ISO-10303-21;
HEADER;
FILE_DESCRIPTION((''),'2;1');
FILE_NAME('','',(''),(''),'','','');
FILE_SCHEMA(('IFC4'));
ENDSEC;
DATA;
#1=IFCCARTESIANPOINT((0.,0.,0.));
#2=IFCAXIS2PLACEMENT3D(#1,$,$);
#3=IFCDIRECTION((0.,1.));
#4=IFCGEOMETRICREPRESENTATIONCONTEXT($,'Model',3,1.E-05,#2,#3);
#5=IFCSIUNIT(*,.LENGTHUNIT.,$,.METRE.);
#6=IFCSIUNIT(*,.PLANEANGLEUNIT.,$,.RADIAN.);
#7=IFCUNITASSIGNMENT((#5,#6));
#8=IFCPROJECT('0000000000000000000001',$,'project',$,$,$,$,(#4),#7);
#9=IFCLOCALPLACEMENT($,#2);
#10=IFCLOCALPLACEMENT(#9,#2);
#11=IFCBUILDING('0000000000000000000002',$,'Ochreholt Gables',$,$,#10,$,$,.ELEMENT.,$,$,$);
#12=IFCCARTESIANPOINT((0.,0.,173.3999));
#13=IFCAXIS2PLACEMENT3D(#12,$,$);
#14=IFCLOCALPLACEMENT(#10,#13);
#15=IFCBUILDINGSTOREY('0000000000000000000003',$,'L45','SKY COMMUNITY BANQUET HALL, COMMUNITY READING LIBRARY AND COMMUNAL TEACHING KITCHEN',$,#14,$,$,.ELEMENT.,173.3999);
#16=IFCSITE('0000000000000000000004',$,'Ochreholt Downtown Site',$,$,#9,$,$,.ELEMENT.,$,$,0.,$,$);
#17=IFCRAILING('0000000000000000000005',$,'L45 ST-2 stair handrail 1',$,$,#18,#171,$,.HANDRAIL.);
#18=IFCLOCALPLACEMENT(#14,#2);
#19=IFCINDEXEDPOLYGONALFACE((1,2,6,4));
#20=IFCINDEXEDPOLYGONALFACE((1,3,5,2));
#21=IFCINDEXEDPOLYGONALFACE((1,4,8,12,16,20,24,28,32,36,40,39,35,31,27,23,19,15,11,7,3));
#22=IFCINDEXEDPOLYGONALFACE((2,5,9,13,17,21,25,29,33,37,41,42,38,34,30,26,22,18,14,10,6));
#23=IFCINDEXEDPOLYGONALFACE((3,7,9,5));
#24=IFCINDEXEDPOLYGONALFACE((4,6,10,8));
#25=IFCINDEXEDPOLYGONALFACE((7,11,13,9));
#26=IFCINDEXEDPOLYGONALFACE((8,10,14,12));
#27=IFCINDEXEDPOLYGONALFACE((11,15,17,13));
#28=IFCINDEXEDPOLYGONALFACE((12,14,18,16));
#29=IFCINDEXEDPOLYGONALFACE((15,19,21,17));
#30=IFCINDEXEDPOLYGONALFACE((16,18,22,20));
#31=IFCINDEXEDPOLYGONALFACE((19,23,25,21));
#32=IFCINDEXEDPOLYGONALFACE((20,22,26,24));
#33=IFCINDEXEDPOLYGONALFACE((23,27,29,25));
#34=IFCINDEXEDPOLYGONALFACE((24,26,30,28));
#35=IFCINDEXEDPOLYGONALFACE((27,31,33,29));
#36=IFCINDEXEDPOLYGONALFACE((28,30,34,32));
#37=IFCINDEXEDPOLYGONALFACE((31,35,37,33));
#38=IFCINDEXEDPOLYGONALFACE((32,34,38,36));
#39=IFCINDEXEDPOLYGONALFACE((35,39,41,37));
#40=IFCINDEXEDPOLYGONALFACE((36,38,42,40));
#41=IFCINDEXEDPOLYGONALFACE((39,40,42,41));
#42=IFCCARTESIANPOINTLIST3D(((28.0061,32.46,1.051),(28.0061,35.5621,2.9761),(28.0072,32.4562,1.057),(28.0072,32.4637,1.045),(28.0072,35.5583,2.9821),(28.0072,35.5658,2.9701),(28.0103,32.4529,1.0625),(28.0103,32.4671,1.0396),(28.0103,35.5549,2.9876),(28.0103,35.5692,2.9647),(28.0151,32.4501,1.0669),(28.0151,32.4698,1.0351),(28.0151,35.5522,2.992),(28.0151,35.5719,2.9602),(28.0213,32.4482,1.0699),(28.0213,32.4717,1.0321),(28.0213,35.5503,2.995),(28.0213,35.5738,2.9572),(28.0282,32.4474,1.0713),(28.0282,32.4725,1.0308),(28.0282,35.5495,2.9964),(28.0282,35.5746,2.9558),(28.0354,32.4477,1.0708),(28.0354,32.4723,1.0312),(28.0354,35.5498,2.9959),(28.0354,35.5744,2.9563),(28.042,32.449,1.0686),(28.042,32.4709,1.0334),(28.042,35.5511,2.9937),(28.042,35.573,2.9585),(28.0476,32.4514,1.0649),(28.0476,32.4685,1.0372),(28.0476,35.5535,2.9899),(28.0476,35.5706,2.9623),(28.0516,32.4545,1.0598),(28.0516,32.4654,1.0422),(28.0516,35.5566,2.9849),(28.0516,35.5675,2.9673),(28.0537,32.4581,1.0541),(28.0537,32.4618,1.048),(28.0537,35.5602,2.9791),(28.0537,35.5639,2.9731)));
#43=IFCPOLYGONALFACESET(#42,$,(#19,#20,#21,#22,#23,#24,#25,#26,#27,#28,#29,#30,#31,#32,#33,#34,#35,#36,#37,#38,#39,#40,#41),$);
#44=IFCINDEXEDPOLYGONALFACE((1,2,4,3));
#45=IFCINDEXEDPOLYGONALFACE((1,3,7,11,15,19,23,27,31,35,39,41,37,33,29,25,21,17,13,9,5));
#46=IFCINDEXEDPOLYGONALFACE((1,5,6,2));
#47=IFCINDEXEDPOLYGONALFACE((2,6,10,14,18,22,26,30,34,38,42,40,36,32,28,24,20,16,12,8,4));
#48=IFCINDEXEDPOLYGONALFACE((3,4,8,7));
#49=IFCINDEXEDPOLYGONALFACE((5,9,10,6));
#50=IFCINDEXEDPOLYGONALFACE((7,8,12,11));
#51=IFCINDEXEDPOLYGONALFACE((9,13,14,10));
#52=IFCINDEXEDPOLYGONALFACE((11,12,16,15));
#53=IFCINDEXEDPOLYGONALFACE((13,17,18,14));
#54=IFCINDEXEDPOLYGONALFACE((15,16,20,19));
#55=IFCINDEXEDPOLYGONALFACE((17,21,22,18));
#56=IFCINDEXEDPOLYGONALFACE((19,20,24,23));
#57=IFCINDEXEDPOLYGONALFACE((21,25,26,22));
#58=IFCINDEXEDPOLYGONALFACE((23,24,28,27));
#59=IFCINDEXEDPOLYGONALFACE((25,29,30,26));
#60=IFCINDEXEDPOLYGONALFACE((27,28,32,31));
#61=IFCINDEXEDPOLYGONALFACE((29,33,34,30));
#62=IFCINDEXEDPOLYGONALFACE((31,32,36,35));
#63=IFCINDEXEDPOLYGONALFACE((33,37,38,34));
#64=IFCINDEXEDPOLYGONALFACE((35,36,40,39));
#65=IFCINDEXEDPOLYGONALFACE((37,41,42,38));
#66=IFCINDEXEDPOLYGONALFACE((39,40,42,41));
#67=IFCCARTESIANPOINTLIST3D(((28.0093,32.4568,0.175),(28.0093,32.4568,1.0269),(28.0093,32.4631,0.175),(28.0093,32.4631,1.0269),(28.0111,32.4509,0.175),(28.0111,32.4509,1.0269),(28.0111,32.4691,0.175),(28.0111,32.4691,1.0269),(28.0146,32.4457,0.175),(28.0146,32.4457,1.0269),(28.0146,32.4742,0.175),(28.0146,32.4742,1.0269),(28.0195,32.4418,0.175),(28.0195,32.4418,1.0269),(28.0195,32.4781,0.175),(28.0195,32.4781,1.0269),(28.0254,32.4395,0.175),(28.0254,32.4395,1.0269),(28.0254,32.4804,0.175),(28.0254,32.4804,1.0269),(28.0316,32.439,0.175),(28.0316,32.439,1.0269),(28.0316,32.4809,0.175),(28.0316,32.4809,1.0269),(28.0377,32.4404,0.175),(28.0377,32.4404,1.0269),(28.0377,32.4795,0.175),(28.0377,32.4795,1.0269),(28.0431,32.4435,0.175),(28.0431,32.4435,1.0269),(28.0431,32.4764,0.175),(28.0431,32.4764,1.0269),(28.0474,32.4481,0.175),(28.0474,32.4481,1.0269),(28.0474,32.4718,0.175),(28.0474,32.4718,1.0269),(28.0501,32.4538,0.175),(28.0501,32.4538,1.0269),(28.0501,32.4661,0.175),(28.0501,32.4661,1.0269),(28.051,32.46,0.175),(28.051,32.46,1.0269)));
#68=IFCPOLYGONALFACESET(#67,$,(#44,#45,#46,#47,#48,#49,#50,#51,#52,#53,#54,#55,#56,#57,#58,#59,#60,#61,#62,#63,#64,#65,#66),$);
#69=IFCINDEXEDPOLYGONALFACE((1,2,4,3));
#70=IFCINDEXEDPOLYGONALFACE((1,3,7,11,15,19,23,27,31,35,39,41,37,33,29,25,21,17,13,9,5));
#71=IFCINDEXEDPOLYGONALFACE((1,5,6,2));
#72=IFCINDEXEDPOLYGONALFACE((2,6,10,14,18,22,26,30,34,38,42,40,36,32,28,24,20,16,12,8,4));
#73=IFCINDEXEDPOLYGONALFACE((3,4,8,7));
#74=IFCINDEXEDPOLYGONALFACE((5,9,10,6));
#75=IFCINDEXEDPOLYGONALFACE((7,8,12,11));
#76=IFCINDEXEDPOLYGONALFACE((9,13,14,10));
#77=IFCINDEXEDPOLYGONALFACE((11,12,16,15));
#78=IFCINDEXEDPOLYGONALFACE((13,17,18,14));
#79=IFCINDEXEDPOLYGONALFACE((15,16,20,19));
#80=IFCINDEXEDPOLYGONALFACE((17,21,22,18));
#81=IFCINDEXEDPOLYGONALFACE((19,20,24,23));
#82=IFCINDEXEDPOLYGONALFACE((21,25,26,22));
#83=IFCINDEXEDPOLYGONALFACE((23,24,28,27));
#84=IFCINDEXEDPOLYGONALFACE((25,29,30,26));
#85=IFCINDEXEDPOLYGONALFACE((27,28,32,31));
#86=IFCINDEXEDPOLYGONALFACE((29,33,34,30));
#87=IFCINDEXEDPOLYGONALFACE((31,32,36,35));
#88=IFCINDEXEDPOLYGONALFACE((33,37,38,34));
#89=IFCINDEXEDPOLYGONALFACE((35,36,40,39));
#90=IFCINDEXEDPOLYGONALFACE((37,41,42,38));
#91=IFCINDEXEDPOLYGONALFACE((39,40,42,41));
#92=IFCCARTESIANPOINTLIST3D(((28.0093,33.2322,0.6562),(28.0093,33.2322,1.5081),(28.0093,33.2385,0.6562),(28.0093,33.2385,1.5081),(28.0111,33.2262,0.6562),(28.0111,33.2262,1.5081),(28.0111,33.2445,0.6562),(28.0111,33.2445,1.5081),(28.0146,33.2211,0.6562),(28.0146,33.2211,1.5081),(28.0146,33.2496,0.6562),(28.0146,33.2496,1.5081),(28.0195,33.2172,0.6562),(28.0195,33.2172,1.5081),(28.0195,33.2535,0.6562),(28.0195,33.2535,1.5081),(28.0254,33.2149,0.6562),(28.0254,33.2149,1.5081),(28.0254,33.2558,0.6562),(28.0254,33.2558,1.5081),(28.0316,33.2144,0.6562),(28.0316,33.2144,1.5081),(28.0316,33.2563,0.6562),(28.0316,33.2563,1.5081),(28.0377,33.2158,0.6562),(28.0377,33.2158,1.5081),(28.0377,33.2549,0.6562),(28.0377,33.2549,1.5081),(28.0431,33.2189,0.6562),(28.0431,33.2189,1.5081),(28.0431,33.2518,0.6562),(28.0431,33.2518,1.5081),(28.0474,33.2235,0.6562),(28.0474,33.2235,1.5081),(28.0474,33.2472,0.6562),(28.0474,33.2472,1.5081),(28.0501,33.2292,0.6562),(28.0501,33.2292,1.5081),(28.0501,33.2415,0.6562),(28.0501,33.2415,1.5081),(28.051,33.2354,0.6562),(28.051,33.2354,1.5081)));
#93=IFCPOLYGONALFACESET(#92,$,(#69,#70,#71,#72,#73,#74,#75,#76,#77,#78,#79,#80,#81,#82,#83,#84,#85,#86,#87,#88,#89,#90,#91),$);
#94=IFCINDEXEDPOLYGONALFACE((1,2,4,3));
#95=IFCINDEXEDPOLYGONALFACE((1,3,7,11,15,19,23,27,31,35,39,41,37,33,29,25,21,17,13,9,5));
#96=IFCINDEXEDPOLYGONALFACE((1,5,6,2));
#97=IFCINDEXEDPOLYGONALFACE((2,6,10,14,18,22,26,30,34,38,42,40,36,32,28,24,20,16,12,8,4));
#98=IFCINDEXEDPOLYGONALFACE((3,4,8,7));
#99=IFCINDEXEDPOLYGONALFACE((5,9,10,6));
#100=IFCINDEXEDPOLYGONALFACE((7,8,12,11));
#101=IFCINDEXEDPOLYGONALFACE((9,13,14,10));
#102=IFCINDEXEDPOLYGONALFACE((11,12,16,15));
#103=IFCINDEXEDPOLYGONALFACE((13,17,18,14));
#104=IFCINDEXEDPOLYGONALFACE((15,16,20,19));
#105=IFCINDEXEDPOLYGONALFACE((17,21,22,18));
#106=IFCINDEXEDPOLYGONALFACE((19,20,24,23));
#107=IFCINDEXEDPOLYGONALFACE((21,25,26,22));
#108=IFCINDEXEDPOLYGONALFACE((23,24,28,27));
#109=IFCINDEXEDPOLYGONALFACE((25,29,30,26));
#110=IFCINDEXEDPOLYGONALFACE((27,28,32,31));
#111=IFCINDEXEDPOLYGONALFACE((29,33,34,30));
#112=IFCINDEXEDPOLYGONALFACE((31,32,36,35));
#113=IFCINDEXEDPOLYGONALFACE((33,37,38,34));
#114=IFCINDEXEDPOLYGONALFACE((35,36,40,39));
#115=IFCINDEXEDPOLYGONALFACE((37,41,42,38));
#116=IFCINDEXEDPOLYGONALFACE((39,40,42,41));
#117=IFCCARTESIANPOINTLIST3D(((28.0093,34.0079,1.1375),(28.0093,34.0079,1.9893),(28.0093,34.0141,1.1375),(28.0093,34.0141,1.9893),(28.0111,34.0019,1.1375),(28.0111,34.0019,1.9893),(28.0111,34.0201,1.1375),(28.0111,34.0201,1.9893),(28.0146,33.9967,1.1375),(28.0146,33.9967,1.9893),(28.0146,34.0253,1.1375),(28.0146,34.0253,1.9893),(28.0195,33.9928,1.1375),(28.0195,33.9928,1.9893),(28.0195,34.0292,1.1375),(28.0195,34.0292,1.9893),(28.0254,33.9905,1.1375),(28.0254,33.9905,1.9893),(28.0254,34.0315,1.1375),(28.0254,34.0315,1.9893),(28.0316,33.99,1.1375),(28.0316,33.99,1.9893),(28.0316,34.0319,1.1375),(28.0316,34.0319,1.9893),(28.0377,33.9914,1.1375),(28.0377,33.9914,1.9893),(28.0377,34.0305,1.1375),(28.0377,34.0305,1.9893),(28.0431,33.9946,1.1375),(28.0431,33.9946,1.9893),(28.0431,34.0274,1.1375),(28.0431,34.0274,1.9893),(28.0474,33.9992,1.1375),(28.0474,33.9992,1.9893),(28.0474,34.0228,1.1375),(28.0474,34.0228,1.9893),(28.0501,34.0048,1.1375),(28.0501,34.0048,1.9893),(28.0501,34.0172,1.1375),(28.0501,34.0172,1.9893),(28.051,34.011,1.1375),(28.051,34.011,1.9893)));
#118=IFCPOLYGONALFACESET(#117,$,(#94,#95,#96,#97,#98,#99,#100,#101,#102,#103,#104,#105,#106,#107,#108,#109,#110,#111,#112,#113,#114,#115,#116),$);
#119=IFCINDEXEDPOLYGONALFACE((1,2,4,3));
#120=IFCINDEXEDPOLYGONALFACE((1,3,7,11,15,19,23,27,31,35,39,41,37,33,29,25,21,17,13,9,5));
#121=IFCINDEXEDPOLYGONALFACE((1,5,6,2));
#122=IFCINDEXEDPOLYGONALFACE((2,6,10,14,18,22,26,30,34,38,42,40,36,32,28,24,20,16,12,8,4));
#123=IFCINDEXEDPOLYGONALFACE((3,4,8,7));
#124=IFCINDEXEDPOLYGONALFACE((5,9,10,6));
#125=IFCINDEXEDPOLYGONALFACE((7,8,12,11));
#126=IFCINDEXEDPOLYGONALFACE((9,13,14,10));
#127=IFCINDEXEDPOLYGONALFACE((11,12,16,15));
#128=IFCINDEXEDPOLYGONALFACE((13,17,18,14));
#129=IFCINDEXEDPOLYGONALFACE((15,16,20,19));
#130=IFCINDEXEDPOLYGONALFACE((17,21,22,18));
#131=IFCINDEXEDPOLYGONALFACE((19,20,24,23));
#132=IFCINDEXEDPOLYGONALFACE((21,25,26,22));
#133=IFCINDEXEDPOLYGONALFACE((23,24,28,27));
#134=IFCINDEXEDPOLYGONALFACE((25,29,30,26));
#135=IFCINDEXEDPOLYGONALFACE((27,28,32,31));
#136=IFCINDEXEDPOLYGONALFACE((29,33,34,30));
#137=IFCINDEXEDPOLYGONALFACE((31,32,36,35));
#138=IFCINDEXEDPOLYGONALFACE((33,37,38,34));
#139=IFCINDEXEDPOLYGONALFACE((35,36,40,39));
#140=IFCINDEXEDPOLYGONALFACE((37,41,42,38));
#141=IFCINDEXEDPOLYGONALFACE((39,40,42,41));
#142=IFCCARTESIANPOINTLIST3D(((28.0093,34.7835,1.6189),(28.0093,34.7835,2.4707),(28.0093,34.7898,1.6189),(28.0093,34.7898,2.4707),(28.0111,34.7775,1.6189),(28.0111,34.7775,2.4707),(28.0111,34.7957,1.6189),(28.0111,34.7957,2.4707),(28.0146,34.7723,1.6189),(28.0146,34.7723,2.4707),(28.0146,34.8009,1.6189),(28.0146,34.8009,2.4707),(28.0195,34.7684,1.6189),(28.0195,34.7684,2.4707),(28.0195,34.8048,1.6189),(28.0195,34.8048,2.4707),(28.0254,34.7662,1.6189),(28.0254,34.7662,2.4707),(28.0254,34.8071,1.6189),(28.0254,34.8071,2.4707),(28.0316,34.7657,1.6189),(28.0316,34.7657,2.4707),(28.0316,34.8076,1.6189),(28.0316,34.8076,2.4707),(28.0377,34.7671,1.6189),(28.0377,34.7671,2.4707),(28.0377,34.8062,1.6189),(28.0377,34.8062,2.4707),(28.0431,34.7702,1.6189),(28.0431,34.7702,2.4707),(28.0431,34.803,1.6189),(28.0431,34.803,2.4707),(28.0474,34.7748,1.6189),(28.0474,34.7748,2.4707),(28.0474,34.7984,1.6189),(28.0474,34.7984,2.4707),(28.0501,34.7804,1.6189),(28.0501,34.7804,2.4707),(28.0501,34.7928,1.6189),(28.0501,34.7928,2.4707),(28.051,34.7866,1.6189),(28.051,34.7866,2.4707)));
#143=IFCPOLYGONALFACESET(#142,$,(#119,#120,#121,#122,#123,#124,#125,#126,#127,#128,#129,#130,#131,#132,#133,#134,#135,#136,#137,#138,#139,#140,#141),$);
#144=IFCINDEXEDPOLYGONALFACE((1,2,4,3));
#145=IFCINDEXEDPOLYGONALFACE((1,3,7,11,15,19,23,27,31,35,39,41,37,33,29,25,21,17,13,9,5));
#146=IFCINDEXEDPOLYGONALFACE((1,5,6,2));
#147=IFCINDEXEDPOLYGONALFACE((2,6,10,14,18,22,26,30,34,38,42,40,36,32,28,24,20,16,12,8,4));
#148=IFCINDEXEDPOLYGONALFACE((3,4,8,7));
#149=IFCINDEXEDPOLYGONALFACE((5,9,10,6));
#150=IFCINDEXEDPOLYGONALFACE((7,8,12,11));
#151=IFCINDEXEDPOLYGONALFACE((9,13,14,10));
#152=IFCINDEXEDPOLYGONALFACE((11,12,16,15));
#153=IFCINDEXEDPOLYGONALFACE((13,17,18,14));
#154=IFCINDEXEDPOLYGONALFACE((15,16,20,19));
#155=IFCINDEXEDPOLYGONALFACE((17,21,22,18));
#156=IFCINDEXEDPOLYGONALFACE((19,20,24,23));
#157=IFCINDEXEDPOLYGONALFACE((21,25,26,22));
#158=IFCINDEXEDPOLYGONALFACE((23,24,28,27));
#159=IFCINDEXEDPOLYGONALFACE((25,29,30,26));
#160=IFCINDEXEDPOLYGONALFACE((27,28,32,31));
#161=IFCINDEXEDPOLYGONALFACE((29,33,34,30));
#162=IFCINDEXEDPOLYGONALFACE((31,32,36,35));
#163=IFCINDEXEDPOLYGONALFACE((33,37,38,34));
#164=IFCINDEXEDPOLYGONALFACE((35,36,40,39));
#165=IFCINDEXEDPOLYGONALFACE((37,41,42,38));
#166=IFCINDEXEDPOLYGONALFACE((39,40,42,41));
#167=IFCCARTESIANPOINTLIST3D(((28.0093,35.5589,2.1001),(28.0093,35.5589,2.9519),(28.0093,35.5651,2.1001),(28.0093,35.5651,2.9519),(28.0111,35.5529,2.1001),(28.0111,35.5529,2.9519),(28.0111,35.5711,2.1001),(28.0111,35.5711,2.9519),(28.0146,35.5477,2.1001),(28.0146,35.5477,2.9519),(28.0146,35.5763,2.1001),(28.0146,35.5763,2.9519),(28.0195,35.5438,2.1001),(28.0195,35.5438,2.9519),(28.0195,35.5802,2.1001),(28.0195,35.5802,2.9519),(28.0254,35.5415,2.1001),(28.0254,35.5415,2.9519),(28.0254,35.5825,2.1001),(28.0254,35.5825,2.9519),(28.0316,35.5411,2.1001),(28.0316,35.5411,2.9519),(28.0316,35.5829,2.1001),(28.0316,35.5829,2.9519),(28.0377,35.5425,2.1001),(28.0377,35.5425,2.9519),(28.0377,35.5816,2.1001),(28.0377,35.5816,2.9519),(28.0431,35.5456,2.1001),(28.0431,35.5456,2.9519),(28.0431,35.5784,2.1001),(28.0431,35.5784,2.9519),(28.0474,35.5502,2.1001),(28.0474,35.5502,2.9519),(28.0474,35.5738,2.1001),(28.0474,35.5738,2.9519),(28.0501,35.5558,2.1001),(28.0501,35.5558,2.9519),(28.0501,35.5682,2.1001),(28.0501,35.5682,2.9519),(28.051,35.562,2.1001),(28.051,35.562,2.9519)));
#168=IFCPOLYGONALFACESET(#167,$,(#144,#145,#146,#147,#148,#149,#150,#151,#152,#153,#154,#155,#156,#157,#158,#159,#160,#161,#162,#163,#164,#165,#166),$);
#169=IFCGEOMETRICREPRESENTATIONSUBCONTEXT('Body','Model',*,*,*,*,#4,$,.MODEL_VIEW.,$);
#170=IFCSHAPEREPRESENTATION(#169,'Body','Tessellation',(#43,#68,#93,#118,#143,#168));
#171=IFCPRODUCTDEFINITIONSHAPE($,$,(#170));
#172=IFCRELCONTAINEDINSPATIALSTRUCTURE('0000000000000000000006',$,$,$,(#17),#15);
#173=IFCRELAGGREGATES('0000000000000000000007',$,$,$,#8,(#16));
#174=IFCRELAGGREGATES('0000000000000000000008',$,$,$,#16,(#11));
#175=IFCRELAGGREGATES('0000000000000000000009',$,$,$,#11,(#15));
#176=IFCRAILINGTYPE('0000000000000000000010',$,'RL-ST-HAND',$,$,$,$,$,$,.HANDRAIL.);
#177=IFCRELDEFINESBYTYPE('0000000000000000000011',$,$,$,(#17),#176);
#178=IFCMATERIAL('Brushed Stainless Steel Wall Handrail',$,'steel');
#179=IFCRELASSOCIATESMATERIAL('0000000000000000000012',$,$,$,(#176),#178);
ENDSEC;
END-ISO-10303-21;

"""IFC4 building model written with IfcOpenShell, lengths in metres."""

from ifc_helpers import new_model, si_unit, direction, frame, origin, origin_2d, place, context, subcontext, project, spatial, circle, extrude, material, type_object, element, save


model = new_model("IFC4")

# Units and contexts
model_context = context("Model", 3, precision=1e-05, world=origin(), true_north=direction((0.0, 1.0)))
body_context = subcontext(model_context, "Body", "Model", "MODEL_VIEW")
ifc_project = project(units=[si_unit("LENGTHUNIT", "METRE"), si_unit("PLANEANGLEUNIT", "RADIAN")], contexts=[model_context])

# Site, building, storey
site_placement = place(None, origin())
site = spatial("IfcSite", under=ifc_project, at=site_placement, Name="Ochreholt Downtown Site", CompositionType="ELEMENT", RefElevation=0.0)
building_placement = place(site_placement, origin())
building = spatial("IfcBuilding", under=site, at=building_placement, Name="Ochreholt Gables", CompositionType="ELEMENT")
storey_placement = place(building_placement, frame((0.0, 0.0, 173.3999)))
storey = spatial("IfcBuildingStorey", under=building, at=storey_placement, Name="L45", Description="SKY COMMUNITY BANQUET HALL, COMMUNITY READING LIBRARY AND COMMUNAL TEACHING KITCHEN", CompositionType="ELEMENT", Elevation=173.3999)

# Railing
ifc_material_1 = material(Name="Brushed Stainless Steel Wall Handrail", Category="steel")
railing_type_1 = type_object("IfcRailingType", Name="RL-ST-HAND", PredefinedType="HANDRAIL", material=ifc_material_1)
railing_1_placement = place(storey_placement, frame((28.03, 32.46, 0.175)))
element("IfcRailing", 1, at=railing_1_placement, inside=storey, type_object=railing_type_1, Name="L45 ST-2 stair handrail 1", PredefinedType="HANDRAIL", context=body_context, shape_type="SweptSolid", body=[
    extrude(circle(Radius=0.0239, at=origin_2d()), frame((0.0, 0.0, 0.876), z_axis=(0.0, 0.849685, 0.527291), x_axis=(-1.0, 0.0, 0.0)), (0.0, 0.0, 1.0), 3.6509),
    extrude(circle(Radius=0.021, at=origin_2d()), origin(), (0.0, 0.0, 1.0), 0.8518),
    extrude(circle(Radius=0.021, at=origin_2d()), frame((0.0, 0.7754, 0.4812)), (0.0, 0.0, 1.0), 0.8518),
    extrude(circle(Radius=0.021, at=origin_2d()), frame((0.0, 1.551, 0.9624)), (0.0, 0.0, 1.0), 0.8518),
    extrude(circle(Radius=0.021, at=origin_2d()), frame((0.0, 2.3267, 1.4438)), (0.0, 0.0, 1.0), 0.8518),
    extrude(circle(Radius=0.021, at=origin_2d()), frame((0.0, 3.1021, 1.925)), (0.0, 0.0, 1.0), 0.8518),
])

save(model, "model.ifc")
